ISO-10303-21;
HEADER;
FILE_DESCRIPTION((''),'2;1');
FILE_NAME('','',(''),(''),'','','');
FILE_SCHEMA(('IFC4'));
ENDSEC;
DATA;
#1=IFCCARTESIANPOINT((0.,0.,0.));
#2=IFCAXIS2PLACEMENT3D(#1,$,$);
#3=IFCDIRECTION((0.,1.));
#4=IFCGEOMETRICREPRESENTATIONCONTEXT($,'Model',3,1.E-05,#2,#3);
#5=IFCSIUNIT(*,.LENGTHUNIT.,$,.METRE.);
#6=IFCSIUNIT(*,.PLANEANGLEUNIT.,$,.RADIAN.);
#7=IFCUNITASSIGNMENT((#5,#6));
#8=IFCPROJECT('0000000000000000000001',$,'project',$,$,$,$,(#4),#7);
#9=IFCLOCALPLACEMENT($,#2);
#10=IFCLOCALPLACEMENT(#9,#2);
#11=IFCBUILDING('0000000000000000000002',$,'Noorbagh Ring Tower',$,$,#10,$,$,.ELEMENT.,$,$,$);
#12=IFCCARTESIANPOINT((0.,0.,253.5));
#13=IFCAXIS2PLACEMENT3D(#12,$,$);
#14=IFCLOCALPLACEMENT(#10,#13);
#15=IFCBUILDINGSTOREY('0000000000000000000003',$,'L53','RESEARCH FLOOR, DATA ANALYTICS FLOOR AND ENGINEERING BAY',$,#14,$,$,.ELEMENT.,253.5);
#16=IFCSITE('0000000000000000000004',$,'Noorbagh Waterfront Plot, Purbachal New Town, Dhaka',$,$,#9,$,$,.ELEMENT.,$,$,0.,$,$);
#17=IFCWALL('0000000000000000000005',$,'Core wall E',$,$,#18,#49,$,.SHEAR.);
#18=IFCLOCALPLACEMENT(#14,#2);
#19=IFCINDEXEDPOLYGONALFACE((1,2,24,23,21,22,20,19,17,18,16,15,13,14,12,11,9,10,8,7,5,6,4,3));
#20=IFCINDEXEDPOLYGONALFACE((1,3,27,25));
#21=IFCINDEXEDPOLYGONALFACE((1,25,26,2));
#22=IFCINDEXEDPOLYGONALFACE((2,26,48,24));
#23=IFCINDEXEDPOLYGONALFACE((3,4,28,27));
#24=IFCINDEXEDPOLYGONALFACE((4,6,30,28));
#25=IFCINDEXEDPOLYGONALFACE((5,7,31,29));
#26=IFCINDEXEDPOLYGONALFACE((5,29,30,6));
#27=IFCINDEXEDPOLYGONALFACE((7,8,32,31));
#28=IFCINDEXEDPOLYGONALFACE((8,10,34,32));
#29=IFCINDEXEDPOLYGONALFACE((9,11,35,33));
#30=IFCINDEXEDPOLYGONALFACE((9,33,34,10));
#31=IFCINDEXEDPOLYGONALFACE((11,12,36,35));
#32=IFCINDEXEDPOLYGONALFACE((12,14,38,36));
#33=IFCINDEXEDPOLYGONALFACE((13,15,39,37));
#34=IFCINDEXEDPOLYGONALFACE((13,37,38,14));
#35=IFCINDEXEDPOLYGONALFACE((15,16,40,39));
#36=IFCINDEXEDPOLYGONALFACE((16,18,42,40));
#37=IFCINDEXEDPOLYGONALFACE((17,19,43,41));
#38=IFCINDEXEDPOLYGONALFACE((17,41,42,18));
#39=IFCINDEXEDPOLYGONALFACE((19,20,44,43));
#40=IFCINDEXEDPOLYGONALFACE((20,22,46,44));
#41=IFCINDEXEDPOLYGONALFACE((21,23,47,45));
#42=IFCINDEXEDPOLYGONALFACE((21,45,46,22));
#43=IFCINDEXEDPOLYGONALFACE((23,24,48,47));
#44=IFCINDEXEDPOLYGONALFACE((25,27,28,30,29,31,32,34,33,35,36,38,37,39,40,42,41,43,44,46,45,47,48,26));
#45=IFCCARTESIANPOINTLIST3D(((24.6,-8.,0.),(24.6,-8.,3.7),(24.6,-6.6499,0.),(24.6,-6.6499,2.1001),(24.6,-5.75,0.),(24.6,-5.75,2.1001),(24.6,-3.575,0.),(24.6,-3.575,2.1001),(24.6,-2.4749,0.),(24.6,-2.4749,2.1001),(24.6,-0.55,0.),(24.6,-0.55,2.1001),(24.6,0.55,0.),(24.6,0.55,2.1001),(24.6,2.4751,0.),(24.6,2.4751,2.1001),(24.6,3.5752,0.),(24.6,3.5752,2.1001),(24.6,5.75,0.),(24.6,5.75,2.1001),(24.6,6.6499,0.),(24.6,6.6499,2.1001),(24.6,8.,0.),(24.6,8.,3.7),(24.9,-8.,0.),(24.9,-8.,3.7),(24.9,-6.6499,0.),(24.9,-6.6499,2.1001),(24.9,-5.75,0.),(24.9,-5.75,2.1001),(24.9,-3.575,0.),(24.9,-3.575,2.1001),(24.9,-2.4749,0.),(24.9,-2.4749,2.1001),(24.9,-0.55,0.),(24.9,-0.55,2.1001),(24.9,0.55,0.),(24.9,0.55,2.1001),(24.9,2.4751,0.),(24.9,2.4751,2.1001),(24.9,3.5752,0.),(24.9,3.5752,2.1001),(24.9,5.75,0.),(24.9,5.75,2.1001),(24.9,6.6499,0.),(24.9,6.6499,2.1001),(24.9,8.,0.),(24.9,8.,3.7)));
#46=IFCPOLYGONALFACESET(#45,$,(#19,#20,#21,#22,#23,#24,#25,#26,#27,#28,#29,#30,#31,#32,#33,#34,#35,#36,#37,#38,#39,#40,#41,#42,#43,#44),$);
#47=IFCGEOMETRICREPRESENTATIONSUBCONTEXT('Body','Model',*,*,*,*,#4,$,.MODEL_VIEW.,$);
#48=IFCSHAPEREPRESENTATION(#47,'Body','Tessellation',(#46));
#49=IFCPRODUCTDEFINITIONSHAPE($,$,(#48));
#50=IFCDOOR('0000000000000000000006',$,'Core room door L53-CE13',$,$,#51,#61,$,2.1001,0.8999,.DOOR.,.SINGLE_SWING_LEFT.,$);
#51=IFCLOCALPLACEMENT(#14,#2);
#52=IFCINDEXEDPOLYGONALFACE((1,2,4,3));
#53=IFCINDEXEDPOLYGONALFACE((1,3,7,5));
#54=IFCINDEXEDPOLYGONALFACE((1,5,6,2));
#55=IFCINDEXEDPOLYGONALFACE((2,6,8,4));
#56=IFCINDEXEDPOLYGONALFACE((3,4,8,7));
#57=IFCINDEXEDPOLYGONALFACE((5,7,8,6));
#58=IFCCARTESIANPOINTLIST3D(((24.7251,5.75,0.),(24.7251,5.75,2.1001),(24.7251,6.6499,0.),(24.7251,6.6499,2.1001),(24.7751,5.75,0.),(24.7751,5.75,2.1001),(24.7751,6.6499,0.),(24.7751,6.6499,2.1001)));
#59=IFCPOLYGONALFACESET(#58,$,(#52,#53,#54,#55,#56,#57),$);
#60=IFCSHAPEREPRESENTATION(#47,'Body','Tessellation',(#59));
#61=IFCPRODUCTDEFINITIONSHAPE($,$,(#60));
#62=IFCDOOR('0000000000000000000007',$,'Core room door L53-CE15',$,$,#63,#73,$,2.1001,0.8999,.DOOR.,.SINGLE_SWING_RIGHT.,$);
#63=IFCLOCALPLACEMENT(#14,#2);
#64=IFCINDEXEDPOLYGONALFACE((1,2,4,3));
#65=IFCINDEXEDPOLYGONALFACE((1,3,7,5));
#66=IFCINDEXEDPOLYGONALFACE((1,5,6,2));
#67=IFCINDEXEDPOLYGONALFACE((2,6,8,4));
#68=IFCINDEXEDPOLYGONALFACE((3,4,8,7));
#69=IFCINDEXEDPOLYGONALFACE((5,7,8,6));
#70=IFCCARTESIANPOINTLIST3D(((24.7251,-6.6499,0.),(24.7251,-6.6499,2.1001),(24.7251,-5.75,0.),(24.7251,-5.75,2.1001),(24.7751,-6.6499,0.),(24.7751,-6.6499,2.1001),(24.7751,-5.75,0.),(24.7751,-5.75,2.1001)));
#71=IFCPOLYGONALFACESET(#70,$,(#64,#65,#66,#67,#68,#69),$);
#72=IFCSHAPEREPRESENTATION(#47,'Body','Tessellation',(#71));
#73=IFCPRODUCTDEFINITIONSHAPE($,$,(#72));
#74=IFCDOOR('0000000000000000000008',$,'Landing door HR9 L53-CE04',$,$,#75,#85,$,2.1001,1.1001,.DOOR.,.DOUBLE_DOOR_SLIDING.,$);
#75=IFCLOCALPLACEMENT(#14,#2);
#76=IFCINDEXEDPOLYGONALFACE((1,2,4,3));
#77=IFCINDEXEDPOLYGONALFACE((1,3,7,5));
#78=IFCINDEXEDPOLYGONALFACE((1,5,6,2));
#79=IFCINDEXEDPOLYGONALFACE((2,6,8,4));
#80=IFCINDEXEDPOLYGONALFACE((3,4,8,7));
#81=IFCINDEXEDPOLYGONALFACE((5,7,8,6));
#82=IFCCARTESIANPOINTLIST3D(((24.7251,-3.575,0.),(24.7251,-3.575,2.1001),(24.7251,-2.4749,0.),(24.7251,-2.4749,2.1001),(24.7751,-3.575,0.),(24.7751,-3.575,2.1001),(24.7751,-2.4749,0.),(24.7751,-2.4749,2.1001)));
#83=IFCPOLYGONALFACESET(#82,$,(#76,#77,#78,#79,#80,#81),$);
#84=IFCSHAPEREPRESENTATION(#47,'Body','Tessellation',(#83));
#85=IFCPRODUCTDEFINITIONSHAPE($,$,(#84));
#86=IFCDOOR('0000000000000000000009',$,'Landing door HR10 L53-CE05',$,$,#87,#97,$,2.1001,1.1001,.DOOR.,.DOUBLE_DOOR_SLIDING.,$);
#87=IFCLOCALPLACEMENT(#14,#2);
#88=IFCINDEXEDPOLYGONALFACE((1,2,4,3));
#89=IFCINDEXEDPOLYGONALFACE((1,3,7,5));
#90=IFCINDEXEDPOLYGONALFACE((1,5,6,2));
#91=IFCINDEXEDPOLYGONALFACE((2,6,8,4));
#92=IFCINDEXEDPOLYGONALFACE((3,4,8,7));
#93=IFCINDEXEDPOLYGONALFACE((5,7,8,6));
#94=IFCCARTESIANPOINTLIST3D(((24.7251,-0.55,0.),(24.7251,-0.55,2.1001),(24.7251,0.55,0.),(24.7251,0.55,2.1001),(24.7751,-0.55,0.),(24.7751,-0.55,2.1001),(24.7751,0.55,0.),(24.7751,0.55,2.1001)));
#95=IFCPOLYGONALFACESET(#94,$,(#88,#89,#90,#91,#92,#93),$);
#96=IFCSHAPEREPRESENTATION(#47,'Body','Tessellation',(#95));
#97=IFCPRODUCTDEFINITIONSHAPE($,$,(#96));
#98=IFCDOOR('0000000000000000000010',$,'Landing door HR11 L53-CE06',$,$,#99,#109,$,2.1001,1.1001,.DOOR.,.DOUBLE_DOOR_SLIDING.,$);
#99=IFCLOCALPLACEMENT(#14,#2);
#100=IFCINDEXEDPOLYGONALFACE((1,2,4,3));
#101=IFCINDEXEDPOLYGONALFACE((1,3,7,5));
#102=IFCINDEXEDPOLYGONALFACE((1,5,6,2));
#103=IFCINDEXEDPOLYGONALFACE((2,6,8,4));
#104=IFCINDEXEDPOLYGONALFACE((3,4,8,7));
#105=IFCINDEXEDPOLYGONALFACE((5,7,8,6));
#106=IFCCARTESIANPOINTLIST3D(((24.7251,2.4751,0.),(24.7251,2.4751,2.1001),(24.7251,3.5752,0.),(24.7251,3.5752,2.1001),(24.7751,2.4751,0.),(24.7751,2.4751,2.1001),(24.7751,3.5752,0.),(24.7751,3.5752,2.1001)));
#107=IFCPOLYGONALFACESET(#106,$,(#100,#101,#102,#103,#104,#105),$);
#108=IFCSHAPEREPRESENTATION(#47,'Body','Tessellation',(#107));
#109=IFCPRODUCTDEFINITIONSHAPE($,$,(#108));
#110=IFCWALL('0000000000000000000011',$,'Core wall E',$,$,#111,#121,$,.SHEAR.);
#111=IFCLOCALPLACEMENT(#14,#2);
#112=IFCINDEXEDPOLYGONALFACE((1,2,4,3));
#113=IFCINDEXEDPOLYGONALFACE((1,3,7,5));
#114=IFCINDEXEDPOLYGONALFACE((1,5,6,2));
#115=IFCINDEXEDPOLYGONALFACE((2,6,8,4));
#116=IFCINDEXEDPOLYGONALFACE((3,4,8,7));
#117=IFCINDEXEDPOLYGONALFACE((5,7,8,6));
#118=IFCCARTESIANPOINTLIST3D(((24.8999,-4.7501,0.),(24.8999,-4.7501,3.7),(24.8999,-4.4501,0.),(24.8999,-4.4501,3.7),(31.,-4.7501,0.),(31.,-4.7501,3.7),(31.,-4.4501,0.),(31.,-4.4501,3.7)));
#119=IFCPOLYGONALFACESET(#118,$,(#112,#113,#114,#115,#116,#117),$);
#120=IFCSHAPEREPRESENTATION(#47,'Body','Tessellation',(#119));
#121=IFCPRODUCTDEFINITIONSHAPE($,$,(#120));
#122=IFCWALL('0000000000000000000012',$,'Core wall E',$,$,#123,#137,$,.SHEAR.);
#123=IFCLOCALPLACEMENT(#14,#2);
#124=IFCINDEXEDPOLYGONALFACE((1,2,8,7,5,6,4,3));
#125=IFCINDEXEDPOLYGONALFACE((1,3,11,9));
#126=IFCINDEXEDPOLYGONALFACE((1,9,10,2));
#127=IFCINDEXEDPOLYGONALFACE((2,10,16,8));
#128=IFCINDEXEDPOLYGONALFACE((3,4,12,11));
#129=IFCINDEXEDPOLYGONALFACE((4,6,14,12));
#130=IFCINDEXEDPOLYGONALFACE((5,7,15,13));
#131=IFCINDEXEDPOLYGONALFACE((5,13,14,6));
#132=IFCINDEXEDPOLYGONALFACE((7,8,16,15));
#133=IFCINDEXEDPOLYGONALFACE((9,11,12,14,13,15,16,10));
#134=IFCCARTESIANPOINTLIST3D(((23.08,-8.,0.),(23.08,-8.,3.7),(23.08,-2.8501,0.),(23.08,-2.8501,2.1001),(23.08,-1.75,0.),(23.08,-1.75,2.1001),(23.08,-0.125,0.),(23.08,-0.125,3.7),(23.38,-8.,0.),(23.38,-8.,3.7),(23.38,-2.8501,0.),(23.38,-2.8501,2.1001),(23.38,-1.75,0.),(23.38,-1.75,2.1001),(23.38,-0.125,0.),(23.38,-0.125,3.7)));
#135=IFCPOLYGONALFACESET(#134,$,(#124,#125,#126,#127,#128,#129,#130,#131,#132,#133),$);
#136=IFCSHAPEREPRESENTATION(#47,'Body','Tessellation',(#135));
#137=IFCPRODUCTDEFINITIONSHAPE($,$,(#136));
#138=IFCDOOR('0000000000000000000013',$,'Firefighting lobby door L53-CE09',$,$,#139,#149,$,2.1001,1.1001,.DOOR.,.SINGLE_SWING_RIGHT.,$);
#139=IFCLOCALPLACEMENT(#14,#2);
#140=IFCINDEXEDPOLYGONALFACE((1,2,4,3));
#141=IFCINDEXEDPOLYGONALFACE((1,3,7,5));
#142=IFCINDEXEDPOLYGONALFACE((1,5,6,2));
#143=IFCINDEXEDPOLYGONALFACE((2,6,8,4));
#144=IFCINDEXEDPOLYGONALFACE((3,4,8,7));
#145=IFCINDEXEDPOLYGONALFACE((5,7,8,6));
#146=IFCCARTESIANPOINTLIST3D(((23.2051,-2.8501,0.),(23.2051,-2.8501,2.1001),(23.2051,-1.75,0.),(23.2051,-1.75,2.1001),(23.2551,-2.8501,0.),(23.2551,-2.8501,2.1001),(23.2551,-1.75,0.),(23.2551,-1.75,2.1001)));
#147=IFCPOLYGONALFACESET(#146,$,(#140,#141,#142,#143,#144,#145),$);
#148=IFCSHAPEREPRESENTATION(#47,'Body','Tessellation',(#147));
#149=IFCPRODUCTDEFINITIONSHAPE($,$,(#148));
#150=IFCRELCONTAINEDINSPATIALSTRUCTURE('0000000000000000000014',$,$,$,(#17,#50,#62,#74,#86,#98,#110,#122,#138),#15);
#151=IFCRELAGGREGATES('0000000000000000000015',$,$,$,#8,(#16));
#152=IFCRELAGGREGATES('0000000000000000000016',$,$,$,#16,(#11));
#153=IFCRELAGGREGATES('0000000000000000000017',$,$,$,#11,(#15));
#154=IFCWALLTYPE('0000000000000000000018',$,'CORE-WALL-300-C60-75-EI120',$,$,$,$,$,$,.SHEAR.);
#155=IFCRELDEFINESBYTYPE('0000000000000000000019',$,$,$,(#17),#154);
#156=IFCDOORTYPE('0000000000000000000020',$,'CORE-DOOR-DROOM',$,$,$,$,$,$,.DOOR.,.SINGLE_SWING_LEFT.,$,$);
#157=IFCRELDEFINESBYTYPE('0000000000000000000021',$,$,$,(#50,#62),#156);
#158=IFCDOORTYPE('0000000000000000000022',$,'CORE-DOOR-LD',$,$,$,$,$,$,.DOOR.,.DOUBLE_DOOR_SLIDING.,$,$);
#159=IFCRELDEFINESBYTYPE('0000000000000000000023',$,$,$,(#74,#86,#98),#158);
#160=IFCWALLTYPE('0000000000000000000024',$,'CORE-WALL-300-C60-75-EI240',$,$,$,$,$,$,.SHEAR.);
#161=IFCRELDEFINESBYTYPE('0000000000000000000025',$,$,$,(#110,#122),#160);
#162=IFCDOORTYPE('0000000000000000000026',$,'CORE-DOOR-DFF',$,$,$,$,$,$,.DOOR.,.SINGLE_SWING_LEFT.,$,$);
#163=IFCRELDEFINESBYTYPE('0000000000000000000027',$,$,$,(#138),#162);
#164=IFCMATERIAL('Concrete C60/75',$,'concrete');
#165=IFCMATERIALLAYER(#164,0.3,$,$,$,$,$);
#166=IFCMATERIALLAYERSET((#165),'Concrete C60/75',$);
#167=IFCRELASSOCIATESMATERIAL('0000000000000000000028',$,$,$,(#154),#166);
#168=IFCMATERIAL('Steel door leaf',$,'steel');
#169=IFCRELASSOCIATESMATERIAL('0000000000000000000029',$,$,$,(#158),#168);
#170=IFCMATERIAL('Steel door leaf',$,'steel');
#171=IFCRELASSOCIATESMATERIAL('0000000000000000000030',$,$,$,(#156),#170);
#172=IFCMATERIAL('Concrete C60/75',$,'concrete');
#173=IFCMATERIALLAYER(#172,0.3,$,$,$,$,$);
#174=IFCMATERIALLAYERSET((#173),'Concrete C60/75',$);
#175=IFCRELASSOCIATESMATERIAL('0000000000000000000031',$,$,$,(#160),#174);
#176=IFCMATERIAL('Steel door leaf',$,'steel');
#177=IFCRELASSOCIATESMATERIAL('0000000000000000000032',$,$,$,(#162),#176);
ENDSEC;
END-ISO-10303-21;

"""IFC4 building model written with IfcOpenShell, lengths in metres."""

from ifc_helpers import new_model, si_unit, direction, frame, frame_2d, origin, place, context, subcontext, project, spatial, rectangle, extrude, material, layer, layer_set, type_object, element, fill, save


model = new_model("IFC4")

# Units and contexts
model_context = context("Model", 3, precision=1e-05, world=origin(), true_north=direction((0.0, 1.0)))
body_context = subcontext(model_context, "Body", "Model", "MODEL_VIEW")
ifc_project = project(units=[si_unit("LENGTHUNIT", "METRE"), si_unit("PLANEANGLEUNIT", "RADIAN")], contexts=[model_context])

# Site, building, storey
site_placement = place(None, origin())
site = spatial("IfcSite", under=ifc_project, at=site_placement, Name="Noorbagh Waterfront Plot, Purbachal New Town, Dhaka", CompositionType="ELEMENT", RefElevation=0.0)
building_placement = place(site_placement, origin())
building = spatial("IfcBuilding", under=site, at=building_placement, Name="Noorbagh Ring Tower", CompositionType="ELEMENT")
storey_placement = place(building_placement, frame((0.0, 0.0, 253.5)))
storey = spatial("IfcBuildingStorey", under=building, at=storey_placement, Name="L53", Description="RESEARCH FLOOR, DATA ANALYTICS FLOOR AND ENGINEERING BAY", CompositionType="ELEMENT", Elevation=253.5)

# Shared definitions
ifc_material_1 = material(Name="Concrete C60/75", Category="concrete")
ifc_layer_1 = layer(ifc_material_1, 0.3)
ifc_layer_set_1 = layer_set([ifc_layer_1], Name="Concrete C60/75")
wall_type_1 = type_object("IfcWallType", Name="CORE-WALL-300-C60-75-EI120", PredefinedType="SHEAR", material=ifc_layer_set_1)

# Wall, openings, doors
ifc_material_2 = material(Name="Steel door leaf", Category="steel")
door_type_1 = type_object("IfcDoorType", Name="CORE-DOOR-LD", OperationType="DOUBLE_DOOR_SLIDING", PredefinedType="DOOR", material=ifc_material_2)
wall_1_placement = place(storey_placement, frame((24.75, -8.0, 0.0), z_axis=(0.0, 0.0, 1.0), x_axis=(0.0, 1.0, 0.0)))
wall_1 = element("IfcWall", 1, at=wall_1_placement, inside=storey, type_object=wall_type_1, Name="Core wall E", PredefinedType="SHEAR", context=body_context, shape_type="SweptSolid", body=[
    extrude(rectangle(XDim=16.0, YDim=0.3, at=frame_2d((8.0, 0.0))), origin(), (0.0, 0.0, 1.0), 3.7),
])
opening_1_placement = place(wall_1_placement, frame((4.425, 0.0, 0.0)))
opening_1 = element("IfcOpeningElement", 2, at=opening_1_placement, cuts=wall_1, PredefinedType="OPENING", context=body_context, shape_type="SweptSolid", body=[
    extrude(rectangle(XDim=1.1001, YDim=2.1001, at=frame_2d((0.55, 1.05))), frame((0.0, 0.1602, 0.0), z_axis=(0.0, -1.0, 0.0), x_axis=(1.0, 0.0, 0.0)), (0.0, 0.0, 1.0), 0.3201),
])
opening_2_placement = place(wall_1_placement, frame((7.45, 0.0, 0.0)))
opening_2 = element("IfcOpeningElement", 3, at=opening_2_placement, cuts=wall_1, PredefinedType="OPENING", context=body_context, shape_type="SweptSolid", body=[
    extrude(rectangle(XDim=1.1001, YDim=2.1001, at=frame_2d((0.55, 1.05))), frame((0.0, 0.1602, 0.0), z_axis=(0.0, -1.0, 0.0), x_axis=(1.0, 0.0, 0.0)), (0.0, 0.0, 1.0), 0.3201),
])
opening_3_placement = place(wall_1_placement, frame((10.4751, 0.0, 0.0)))
opening_3 = element("IfcOpeningElement", 4, at=opening_3_placement, cuts=wall_1, PredefinedType="OPENING", context=body_context, shape_type="SweptSolid", body=[
    extrude(rectangle(XDim=1.1001, YDim=2.1001, at=frame_2d((0.55, 1.05))), frame((0.0, 0.1602, 0.0), z_axis=(0.0, -1.0, 0.0), x_axis=(1.0, 0.0, 0.0)), (0.0, 0.0, 1.0), 0.3201),
])
opening_4_placement = place(wall_1_placement, frame((13.75, 0.0, 0.0)))
opening_4 = element("IfcOpeningElement", 5, at=opening_4_placement, cuts=wall_1, PredefinedType="OPENING", context=body_context, shape_type="SweptSolid", body=[
    extrude(rectangle(XDim=0.8999, YDim=2.1001, at=frame_2d((0.45, 1.05))), frame((0.0, 0.1602, 0.0), z_axis=(0.0, -1.0, 0.0), x_axis=(1.0, 0.0, 0.0)), (0.0, 0.0, 1.0), 0.3201),
])
opening_5_placement = place(wall_1_placement, frame((1.3501, 0.0, 0.0)))
opening_5 = element("IfcOpeningElement", 6, at=opening_5_placement, cuts=wall_1, PredefinedType="OPENING", context=body_context, shape_type="SweptSolid", body=[
    extrude(rectangle(XDim=0.8999, YDim=2.1001, at=frame_2d((0.45, 1.05))), frame((0.0, 0.1602, 0.0), z_axis=(0.0, -1.0, 0.0), x_axis=(1.0, 0.0, 0.0)), (0.0, 0.0, 1.0), 0.3201),
])
ifc_material_3 = material(Name="Steel door leaf", Category="steel")
door_type_2 = type_object("IfcDoorType", Name="CORE-DOOR-DROOM", OperationType="SINGLE_SWING_LEFT", PredefinedType="DOOR", material=ifc_material_3)
door_1_placement = place(opening_4_placement, origin())
door_1 = element("IfcDoor", 7, at=door_1_placement, inside=storey, type_object=door_type_2, Name="Core room door L53-CE13", OperationType="SINGLE_SWING_LEFT", OverallHeight=2.1001, OverallWidth=0.8999, PredefinedType="DOOR", context=body_context, shape_type="SweptSolid", body=[
    extrude(rectangle(XDim=0.8999, YDim=2.1001, at=frame_2d((0.45, 1.05))), frame((0.0, 0.0249, 0.0), z_axis=(0.0, -1.0, 0.0), x_axis=(1.0, 0.0, 0.0)), (0.0, 0.0, 1.0), 0.05),
])
fill(opening_4, door_1)
door_2_placement = place(opening_5_placement, origin())
door_2 = element("IfcDoor", 8, at=door_2_placement, inside=storey, type_object=door_type_2, Name="Core room door L53-CE15", OperationType="SINGLE_SWING_RIGHT", OverallHeight=2.1001, OverallWidth=0.8999, PredefinedType="DOOR", context=body_context, shape_type="SweptSolid", body=[
    extrude(rectangle(XDim=0.8999, YDim=2.1001, at=frame_2d((0.45, 1.05))), frame((0.0, 0.0249, 0.0), z_axis=(0.0, -1.0, 0.0), x_axis=(1.0, 0.0, 0.0)), (0.0, 0.0, 1.0), 0.05),
])
fill(opening_5, door_2)
door_3_placement = place(opening_1_placement, origin())
door_3 = element("IfcDoor", 9, at=door_3_placement, inside=storey, type_object=door_type_1, Name="Landing door HR9 L53-CE04", OperationType="DOUBLE_DOOR_SLIDING", OverallHeight=2.1001, OverallWidth=1.1001, PredefinedType="DOOR", context=body_context, shape_type="SweptSolid", body=[
    extrude(rectangle(XDim=1.1001, YDim=2.1001, at=frame_2d((0.55, 1.05))), frame((0.0, 0.0249, 0.0), z_axis=(0.0, -1.0, 0.0), x_axis=(1.0, 0.0, 0.0)), (0.0, 0.0, 1.0), 0.05),
])
fill(opening_1, door_3)
door_4_placement = place(opening_2_placement, origin())
door_4 = element("IfcDoor", 10, at=door_4_placement, inside=storey, type_object=door_type_1, Name="Landing door HR10 L53-CE05", OperationType="DOUBLE_DOOR_SLIDING", OverallHeight=2.1001, OverallWidth=1.1001, PredefinedType="DOOR", context=body_context, shape_type="SweptSolid", body=[
    extrude(rectangle(XDim=1.1001, YDim=2.1001, at=frame_2d((0.55, 1.05))), frame((0.0, 0.0249, 0.0), z_axis=(0.0, -1.0, 0.0), x_axis=(1.0, 0.0, 0.0)), (0.0, 0.0, 1.0), 0.05),
])
fill(opening_2, door_4)
door_5_placement = place(opening_3_placement, origin())
door_5 = element("IfcDoor", 11, at=door_5_placement, inside=storey, type_object=door_type_1, Name="Landing door HR11 L53-CE06", OperationType="DOUBLE_DOOR_SLIDING", OverallHeight=2.1001, OverallWidth=1.1001, PredefinedType="DOOR", context=body_context, shape_type="SweptSolid", body=[
    extrude(rectangle(XDim=1.1001, YDim=2.1001, at=frame_2d((0.55, 1.05))), frame((0.0, 0.0249, 0.0), z_axis=(0.0, -1.0, 0.0), x_axis=(1.0, 0.0, 0.0)), (0.0, 0.0, 1.0), 0.05),
])
fill(opening_3, door_5)

# Wall
ifc_material_4 = material(Name="Concrete C60/75", Category="concrete")
ifc_layer_2 = layer(ifc_material_4, 0.3)
ifc_layer_set_2 = layer_set([ifc_layer_2], Name="Concrete C60/75")
wall_type_2 = type_object("IfcWallType", Name="CORE-WALL-300-C60-75-EI240", PredefinedType="SHEAR", material=ifc_layer_set_2)
wall_2_placement = place(storey_placement, frame((24.8999, -4.6001, 0.0), z_axis=(0.0, 0.0, 1.0), x_axis=(1.0, 0.0, 0.0)))
element("IfcWall", 12, at=wall_2_placement, inside=storey, type_object=wall_type_2, Name="Core wall E", PredefinedType="SHEAR", context=body_context, shape_type="SweptSolid", body=[
    extrude(rectangle(XDim=6.1001, YDim=0.3, at=frame_2d((3.05, 0.0))), origin(), (0.0, 0.0, 1.0), 3.7),
])

# Wall, opening, door
wall_3_placement = place(storey_placement, frame((23.23, -8.0, 0.0), z_axis=(0.0, 0.0, 1.0), x_axis=(0.0, 1.0, 0.0)))
wall_3 = element("IfcWall", 13, at=wall_3_placement, inside=storey, type_object=wall_type_2, Name="Core wall E", PredefinedType="SHEAR", context=body_context, shape_type="SweptSolid", body=[
    extrude(rectangle(XDim=7.875, YDim=0.3, at=frame_2d((3.9375, 0.0))), origin(), (0.0, 0.0, 1.0), 3.7),
])
opening_6_placement = place(wall_3_placement, frame((5.1499, 0.0, 0.0)))
opening_6 = element("IfcOpeningElement", 14, at=opening_6_placement, cuts=wall_3, PredefinedType="OPENING", context=body_context, shape_type="SweptSolid", body=[
    extrude(rectangle(XDim=1.1001, YDim=2.1001, at=frame_2d((0.55, 1.05))), frame((0.0, 0.1602, 0.0), z_axis=(0.0, -1.0, 0.0), x_axis=(1.0, 0.0, 0.0)), (0.0, 0.0, 1.0), 0.3201),
])
ifc_material_5 = material(Name="Steel door leaf", Category="steel")
door_type_3 = type_object("IfcDoorType", Name="CORE-DOOR-DFF", OperationType="SINGLE_SWING_LEFT", PredefinedType="DOOR", material=ifc_material_5)
door_6_placement = place(opening_6_placement, origin())
door_6 = element("IfcDoor", 15, at=door_6_placement, inside=storey, type_object=door_type_3, Name="Firefighting lobby door L53-CE09", OperationType="SINGLE_SWING_RIGHT", OverallHeight=2.1001, OverallWidth=1.1001, PredefinedType="DOOR", context=body_context, shape_type="SweptSolid", body=[
    extrude(rectangle(XDim=1.1001, YDim=2.1001, at=frame_2d((0.55, 1.05))), frame((0.0, 0.0249, 0.0), z_axis=(0.0, -1.0, 0.0), x_axis=(1.0, 0.0, 0.0)), (0.0, 0.0, 1.0), 0.05),
])
fill(opening_6, door_6)

save(model, "model.ifc")
